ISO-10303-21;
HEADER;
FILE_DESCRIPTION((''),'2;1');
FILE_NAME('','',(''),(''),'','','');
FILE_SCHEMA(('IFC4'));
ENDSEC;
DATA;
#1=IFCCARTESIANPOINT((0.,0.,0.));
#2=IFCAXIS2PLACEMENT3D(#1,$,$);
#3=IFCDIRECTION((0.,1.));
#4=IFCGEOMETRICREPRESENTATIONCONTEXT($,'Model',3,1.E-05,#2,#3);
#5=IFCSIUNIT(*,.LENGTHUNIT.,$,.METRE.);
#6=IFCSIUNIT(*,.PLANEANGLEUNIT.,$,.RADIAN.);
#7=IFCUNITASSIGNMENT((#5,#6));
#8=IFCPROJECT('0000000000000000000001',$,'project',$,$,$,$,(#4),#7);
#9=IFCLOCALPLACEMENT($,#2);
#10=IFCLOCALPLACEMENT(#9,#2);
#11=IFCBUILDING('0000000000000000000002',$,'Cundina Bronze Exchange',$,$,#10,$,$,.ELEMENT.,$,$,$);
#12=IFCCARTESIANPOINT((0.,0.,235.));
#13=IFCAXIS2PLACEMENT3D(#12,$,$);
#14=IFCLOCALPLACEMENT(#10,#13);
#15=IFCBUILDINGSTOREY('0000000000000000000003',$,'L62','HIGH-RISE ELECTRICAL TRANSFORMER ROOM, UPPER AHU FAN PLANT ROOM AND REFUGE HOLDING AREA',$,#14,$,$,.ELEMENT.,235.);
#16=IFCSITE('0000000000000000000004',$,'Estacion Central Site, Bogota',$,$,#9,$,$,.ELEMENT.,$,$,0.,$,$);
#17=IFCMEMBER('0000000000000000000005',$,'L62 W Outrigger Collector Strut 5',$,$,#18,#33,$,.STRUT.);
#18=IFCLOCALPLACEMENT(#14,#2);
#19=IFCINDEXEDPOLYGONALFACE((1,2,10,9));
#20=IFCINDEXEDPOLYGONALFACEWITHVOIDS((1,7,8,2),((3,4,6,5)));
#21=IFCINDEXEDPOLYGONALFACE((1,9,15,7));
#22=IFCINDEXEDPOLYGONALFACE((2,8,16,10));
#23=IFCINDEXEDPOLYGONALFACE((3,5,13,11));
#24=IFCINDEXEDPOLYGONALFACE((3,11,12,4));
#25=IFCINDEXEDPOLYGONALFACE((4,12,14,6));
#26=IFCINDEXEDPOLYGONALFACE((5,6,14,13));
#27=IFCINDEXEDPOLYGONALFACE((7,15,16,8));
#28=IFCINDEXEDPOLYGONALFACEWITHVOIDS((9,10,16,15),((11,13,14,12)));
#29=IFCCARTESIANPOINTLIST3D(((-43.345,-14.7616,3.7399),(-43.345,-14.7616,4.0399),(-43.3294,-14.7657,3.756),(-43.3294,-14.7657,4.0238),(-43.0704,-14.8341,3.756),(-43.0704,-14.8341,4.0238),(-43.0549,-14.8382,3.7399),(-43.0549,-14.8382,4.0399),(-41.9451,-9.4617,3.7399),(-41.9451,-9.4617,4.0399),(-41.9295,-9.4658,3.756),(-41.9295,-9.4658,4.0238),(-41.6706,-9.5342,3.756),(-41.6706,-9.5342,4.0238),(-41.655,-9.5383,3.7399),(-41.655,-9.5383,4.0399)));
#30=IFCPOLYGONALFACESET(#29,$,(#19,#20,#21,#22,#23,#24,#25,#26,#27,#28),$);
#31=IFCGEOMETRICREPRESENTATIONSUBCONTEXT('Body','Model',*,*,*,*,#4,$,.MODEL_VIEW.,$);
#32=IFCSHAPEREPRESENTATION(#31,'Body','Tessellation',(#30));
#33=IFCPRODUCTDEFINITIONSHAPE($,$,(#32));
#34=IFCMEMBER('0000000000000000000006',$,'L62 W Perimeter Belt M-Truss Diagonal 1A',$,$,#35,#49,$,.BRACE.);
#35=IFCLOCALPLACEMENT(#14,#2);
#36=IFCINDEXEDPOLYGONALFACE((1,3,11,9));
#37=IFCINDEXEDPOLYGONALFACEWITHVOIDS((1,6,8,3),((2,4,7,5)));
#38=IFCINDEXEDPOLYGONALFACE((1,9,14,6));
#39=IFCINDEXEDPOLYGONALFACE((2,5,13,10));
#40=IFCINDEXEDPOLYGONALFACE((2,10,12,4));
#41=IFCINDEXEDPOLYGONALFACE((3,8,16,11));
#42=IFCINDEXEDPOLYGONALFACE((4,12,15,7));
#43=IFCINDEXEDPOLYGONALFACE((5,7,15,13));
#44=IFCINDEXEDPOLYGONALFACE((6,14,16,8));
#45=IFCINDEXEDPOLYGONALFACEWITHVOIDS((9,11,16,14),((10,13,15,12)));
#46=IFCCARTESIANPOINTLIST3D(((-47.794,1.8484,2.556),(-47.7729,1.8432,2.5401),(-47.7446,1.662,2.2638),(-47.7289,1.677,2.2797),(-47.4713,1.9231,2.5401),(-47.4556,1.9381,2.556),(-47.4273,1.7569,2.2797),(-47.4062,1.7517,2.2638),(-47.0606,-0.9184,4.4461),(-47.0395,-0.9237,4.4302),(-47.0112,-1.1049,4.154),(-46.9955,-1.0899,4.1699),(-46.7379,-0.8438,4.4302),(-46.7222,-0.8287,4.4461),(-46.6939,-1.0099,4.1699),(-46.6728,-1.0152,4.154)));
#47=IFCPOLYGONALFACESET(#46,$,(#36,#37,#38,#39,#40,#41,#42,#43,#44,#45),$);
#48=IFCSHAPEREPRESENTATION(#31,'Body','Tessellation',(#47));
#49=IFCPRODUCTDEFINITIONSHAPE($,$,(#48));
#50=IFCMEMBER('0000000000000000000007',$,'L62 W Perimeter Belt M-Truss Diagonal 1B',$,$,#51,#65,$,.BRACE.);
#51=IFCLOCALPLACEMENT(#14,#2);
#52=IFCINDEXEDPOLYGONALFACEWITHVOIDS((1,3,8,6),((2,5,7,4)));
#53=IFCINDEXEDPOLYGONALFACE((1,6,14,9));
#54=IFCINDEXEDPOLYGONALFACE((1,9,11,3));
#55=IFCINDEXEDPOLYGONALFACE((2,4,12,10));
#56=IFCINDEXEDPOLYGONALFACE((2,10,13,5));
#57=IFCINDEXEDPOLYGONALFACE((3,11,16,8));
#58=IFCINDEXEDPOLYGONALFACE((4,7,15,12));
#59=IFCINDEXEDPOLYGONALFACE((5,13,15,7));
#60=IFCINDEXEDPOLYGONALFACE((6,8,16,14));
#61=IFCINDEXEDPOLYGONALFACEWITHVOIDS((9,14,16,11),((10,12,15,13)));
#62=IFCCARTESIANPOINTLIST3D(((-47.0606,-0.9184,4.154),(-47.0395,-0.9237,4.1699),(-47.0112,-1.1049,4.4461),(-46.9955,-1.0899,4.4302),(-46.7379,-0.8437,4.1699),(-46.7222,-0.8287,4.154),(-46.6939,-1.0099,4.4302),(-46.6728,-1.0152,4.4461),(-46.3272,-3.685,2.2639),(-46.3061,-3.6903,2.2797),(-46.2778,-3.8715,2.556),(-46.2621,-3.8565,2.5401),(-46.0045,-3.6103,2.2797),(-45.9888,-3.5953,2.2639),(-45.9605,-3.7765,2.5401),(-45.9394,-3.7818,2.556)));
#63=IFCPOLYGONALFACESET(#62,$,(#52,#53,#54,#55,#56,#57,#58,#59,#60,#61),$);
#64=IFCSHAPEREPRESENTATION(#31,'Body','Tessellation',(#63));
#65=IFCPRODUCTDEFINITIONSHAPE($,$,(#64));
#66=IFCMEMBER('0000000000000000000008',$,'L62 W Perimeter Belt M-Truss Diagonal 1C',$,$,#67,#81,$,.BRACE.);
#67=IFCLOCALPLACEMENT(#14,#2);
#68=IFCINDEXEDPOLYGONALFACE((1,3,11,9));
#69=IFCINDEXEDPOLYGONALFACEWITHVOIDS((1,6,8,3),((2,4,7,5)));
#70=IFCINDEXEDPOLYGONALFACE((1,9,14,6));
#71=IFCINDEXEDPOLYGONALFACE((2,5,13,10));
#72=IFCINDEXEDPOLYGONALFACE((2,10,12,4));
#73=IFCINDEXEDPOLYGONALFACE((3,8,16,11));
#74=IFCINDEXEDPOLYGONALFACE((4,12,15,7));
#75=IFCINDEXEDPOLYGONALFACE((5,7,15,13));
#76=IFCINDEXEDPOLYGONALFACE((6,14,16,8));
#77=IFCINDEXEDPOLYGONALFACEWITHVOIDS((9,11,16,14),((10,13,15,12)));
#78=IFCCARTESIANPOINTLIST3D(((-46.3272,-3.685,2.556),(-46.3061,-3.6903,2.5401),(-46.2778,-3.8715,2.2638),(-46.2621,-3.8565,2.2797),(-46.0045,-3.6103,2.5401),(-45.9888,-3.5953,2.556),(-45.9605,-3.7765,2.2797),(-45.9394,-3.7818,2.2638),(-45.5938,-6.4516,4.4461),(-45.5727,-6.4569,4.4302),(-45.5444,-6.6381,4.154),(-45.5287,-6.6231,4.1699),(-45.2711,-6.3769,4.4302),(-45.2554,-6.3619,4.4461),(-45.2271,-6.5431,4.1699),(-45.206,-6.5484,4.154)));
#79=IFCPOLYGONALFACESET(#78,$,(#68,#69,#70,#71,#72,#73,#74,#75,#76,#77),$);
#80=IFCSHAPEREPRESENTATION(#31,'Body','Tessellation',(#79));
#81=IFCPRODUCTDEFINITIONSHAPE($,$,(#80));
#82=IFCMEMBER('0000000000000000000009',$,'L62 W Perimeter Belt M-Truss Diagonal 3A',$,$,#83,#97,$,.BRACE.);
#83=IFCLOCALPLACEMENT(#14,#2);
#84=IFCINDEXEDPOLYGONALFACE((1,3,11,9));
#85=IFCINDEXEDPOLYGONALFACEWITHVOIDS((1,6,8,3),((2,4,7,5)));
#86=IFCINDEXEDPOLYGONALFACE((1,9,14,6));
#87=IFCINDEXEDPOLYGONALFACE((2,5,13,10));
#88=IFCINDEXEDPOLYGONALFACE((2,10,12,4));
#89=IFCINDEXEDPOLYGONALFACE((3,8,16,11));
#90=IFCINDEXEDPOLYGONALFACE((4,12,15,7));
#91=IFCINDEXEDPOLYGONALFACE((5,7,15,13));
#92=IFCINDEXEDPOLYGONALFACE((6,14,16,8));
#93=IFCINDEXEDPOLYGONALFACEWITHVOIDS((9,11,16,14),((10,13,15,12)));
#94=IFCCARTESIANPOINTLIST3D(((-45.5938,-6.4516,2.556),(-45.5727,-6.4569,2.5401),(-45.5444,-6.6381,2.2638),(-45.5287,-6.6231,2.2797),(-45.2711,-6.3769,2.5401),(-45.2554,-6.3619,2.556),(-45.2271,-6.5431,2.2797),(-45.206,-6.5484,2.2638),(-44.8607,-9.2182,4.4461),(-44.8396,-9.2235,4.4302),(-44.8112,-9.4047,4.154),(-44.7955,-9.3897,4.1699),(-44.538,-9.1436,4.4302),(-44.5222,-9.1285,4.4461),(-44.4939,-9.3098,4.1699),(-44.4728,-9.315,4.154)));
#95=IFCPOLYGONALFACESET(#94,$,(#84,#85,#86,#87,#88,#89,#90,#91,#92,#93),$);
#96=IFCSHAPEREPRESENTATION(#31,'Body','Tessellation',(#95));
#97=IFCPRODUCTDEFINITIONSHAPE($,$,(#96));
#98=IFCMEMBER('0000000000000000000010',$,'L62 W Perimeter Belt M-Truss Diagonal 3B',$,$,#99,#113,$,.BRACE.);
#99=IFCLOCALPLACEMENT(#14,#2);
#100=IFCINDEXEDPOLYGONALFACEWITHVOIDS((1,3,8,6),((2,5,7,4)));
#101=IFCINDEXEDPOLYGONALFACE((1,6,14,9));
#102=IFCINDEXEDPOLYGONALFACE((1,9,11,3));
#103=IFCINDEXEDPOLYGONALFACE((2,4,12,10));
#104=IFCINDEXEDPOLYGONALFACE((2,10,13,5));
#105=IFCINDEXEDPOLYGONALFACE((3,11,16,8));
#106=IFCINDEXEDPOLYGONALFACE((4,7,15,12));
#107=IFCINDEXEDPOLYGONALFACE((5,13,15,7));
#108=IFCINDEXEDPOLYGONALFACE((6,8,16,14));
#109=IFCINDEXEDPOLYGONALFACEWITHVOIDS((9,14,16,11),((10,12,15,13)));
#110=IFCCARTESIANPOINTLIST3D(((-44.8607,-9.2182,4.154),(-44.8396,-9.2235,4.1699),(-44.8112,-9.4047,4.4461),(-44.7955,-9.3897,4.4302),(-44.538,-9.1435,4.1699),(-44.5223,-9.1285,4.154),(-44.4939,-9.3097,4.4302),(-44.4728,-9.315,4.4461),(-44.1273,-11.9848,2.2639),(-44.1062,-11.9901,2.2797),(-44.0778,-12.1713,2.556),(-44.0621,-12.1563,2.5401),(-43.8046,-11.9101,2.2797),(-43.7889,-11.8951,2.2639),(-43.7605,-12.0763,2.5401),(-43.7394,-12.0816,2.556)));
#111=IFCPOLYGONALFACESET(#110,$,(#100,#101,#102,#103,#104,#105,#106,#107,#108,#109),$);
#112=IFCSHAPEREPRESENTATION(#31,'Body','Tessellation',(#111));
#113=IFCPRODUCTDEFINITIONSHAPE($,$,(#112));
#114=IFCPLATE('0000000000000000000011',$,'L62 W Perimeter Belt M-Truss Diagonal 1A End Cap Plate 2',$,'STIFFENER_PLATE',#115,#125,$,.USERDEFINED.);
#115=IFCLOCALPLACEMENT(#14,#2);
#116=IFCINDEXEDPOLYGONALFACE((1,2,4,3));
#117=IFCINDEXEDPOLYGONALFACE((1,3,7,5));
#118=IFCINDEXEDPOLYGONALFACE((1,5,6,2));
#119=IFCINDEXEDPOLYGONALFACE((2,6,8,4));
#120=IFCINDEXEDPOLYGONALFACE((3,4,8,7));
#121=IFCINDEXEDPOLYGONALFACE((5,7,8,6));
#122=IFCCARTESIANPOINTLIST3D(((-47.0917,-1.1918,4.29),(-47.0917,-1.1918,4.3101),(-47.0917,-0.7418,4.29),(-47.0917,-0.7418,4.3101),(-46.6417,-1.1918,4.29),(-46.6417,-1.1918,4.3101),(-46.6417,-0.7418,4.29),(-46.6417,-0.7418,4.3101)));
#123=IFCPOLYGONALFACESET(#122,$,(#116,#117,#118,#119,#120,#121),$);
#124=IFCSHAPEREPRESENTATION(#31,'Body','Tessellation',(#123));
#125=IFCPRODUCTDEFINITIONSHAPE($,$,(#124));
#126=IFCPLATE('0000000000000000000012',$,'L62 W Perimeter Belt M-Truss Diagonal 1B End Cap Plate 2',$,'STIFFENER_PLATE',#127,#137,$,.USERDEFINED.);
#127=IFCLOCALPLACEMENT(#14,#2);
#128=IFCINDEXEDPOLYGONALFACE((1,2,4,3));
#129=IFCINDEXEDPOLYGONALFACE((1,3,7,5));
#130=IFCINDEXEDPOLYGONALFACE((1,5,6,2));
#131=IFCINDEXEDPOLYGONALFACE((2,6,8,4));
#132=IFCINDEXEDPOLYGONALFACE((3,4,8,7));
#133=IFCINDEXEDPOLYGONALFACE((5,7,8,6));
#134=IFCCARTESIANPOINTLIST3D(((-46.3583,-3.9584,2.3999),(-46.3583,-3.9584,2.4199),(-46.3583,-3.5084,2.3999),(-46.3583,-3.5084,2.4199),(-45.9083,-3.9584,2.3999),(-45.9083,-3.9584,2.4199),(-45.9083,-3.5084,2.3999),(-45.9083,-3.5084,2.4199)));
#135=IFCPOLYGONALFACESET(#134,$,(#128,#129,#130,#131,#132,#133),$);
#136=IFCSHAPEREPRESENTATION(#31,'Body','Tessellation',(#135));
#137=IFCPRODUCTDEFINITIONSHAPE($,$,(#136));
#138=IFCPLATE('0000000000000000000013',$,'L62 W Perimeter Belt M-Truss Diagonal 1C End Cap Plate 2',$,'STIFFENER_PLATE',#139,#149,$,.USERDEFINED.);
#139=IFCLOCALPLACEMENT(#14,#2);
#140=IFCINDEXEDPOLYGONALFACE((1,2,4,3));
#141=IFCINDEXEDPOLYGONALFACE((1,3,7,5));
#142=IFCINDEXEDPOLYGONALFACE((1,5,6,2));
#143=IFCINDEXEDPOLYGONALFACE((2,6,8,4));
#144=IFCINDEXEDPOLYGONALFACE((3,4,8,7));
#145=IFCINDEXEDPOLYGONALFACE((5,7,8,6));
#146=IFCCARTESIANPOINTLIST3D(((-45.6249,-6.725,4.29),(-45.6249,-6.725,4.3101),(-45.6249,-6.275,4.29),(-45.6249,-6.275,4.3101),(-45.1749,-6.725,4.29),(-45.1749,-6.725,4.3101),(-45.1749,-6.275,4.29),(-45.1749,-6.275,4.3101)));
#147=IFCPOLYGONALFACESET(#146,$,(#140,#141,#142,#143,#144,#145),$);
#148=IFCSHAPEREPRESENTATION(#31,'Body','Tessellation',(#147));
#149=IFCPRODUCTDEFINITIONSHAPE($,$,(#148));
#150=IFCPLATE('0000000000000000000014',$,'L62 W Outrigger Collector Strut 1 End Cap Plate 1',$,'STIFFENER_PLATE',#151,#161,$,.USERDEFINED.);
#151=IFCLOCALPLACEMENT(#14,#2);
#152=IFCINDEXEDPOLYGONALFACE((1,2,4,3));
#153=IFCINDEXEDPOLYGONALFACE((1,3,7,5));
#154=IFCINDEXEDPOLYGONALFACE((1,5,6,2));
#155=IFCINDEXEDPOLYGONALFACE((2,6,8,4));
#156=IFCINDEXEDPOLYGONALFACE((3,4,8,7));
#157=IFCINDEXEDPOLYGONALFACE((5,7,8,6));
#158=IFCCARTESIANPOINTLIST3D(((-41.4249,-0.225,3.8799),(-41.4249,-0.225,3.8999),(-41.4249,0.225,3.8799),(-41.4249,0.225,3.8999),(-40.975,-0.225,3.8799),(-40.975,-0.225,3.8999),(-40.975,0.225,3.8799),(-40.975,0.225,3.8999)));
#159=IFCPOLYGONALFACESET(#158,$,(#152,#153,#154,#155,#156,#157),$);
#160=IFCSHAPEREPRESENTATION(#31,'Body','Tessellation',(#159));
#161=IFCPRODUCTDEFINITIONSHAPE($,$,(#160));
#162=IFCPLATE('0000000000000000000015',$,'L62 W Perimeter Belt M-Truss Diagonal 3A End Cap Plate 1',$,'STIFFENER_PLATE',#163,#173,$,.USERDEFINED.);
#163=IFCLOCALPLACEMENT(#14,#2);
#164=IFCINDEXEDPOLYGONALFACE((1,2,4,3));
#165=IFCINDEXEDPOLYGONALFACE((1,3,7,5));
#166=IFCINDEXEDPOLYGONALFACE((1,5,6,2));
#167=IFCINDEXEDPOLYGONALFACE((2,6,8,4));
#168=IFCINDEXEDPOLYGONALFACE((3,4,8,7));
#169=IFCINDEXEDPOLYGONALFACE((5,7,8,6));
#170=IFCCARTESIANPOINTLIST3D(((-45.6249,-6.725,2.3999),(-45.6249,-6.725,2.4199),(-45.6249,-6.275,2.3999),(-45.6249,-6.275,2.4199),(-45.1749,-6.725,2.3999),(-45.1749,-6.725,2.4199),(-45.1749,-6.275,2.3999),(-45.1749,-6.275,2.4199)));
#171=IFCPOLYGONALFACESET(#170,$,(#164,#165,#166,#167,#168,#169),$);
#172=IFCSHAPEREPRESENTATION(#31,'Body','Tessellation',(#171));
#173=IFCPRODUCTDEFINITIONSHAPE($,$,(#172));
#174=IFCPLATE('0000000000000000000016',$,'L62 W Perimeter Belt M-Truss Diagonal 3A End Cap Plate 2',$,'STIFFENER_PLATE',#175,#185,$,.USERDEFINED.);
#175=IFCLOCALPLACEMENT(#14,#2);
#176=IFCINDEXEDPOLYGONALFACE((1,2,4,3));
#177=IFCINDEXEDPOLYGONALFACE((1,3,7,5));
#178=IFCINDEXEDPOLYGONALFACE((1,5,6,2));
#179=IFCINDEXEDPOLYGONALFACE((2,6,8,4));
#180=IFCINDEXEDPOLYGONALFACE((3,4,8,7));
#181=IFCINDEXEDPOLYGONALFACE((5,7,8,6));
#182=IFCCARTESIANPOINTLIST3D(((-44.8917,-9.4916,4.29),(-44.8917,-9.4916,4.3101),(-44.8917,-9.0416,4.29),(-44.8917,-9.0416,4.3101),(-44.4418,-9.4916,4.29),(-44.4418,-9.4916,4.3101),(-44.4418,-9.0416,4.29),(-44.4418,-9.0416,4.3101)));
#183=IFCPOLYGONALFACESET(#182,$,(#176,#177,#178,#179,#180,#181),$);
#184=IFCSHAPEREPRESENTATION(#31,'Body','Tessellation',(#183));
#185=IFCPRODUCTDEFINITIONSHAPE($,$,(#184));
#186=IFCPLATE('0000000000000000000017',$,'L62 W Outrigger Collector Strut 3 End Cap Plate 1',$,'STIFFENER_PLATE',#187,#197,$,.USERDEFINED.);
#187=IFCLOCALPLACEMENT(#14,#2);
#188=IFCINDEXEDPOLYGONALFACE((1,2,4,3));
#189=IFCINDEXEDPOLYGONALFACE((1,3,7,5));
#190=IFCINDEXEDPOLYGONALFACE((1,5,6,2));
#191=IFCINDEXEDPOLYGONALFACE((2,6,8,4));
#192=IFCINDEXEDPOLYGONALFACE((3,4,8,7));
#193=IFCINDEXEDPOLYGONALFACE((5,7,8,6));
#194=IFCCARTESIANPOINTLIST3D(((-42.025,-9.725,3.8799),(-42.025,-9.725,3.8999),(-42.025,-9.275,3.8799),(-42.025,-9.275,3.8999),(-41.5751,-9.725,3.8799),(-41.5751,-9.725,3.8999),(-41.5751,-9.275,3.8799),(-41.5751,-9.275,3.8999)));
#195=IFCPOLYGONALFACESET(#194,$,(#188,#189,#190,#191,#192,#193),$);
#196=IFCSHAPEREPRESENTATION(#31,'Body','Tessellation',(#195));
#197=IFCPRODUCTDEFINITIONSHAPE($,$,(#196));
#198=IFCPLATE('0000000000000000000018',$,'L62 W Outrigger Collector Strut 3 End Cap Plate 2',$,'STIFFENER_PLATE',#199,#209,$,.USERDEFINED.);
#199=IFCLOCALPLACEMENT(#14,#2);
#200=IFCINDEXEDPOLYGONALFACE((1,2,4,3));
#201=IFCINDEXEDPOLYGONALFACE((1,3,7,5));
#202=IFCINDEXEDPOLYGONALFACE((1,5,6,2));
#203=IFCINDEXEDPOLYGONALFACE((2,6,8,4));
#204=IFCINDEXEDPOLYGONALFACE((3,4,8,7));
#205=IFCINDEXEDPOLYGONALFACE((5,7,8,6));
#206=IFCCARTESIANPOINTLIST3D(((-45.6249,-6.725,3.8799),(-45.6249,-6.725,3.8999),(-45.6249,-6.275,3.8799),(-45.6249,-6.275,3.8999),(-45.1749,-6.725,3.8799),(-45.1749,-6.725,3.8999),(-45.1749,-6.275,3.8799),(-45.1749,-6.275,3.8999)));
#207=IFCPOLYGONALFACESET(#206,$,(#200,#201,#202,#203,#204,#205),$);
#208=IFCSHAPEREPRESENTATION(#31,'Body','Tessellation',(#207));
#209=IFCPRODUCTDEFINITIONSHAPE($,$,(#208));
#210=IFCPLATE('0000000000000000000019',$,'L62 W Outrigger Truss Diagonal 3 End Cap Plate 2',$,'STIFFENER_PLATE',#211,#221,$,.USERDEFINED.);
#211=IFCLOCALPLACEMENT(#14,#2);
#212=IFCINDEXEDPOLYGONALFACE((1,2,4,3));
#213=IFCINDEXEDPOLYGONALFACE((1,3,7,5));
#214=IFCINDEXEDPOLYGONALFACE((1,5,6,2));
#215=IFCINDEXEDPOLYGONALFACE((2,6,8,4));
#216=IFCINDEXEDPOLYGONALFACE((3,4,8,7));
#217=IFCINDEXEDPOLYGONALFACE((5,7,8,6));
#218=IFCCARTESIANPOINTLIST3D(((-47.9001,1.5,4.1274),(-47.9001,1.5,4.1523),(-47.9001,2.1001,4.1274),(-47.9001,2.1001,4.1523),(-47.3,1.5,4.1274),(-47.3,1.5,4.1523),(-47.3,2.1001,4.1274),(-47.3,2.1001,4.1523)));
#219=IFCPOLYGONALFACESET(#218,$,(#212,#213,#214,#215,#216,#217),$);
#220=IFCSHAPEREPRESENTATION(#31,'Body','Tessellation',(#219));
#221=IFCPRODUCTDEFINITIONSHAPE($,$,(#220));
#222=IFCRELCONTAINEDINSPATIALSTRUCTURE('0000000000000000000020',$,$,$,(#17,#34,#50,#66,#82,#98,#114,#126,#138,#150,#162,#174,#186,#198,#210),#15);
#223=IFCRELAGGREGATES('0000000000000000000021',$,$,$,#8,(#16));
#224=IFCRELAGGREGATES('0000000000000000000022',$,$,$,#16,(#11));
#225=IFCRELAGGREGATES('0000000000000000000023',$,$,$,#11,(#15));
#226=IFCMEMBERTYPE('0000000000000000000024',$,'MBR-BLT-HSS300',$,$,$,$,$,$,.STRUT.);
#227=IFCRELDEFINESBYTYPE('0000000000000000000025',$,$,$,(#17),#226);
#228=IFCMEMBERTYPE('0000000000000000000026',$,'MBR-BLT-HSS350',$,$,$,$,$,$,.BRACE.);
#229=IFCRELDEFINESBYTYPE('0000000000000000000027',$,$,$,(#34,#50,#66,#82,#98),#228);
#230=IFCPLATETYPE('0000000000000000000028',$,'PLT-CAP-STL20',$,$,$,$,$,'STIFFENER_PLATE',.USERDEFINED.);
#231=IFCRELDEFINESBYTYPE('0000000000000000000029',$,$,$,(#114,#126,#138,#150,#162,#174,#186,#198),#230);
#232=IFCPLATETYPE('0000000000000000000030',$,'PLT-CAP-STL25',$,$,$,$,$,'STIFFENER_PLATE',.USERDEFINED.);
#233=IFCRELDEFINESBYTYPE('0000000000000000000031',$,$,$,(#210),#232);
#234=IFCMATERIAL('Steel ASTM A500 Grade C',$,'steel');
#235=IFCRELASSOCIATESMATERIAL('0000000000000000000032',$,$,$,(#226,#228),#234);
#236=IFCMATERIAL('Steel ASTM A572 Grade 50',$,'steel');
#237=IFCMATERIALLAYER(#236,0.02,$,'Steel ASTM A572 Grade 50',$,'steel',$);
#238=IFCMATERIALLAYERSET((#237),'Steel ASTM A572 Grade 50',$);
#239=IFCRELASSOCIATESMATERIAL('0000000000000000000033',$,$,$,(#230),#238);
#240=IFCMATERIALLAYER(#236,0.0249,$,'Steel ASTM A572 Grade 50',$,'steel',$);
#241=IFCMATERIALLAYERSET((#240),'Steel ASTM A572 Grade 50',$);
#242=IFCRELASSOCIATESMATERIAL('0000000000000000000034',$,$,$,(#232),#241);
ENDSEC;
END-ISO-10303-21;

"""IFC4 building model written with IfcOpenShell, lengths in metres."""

from ifc_helpers import new_model, si_unit, direction, frame, origin, origin_2d, place, context, subcontext, project, spatial, rectangle, hollow_rectangle, extrude, material, layer, layer_set, material_profile, profile_set, type_object, element, save


model = new_model("IFC4")

# Units and contexts
model_context = context("Model", 3, precision=1e-05, world=origin(), true_north=direction((0.0, 1.0)))
body_context = subcontext(model_context, "Body", "Model", "MODEL_VIEW")
ifc_project = project(units=[si_unit("LENGTHUNIT", "METRE"), si_unit("PLANEANGLEUNIT", "RADIAN")], contexts=[model_context])

# Site, building, storey
site_placement = place(None, origin())
site = spatial("IfcSite", under=ifc_project, at=site_placement, Name="Estacion Central Site, Bogota", CompositionType="ELEMENT", RefElevation=0.0)
building_placement = place(site_placement, origin())
building = spatial("IfcBuilding", under=site, at=building_placement, Name="Cundina Bronze Exchange", CompositionType="ELEMENT")
storey_placement = place(building_placement, frame((0.0, 0.0, 235.0)))
storey = spatial("IfcBuildingStorey", under=building, at=storey_placement, Name="L62", Description="HIGH-RISE ELECTRICAL TRANSFORMER ROOM, UPPER AHU FAN PLANT ROOM AND REFUGE HOLDING AREA", CompositionType="ELEMENT", Elevation=235.0)

# Members
ifc_material_1 = material(Name="Steel ASTM A500 Grade C", Category="steel")
ifc_material_profile_1 = material_profile(ifc_material_1, hollow_rectangle(XDim=0.3, YDim=0.3, WallThickness=0.0161, at=origin_2d()), Name="HSS300X300X16", Category="steel")
ifc_profile_set_1 = profile_set([ifc_material_profile_1], Name="Steel ASTM A500 Grade C")
member_type_1 = type_object("IfcMemberType", Name="MBR-BLT-HSS300", PredefinedType="STRUT", material=ifc_profile_set_1)
member_1_placement = place(storey_placement, frame((-41.8, -9.5, 3.8899), z_axis=(-0.255372, -0.966843, 0.0), x_axis=(0.966843, -0.255372, 0.0)))
element("IfcMember", 1, at=member_1_placement, inside=storey, type_object=member_type_1, Name="L62 W Outrigger Collector Strut 5", PredefinedType="STRUT", context=body_context, shape_type="SweptSolid", body=[
    extrude(hollow_rectangle(XDim=0.3, YDim=0.3, WallThickness=0.0161, at=origin_2d()), origin(), (0.0, 0.0, 1.0), 5.4817),
])
ifc_material_profile_2 = material_profile(ifc_material_1, hollow_rectangle(XDim=0.3501, YDim=0.3501, WallThickness=0.019, at=origin_2d()), Name="HSS350X350X19", Category="steel")
ifc_profile_set_2 = profile_set([ifc_material_profile_2], Name="Steel ASTM A500 Grade C")
member_type_2 = type_object("IfcMemberType", Name="MBR-BLT-HSS350", PredefinedType="BRACE", material=ifc_profile_set_2)
member_2_placement = place(storey_placement, frame((-47.6001, 1.8, 2.4099), z_axis=(0.213809, -0.806625, 0.551036), x_axis=(0.966619, 0.256218, 0.0)))
element("IfcMember", 2, at=member_2_placement, inside=storey, type_object=member_type_2, Name="L62 W Perimeter Belt M-Truss Diagonal 1A", PredefinedType="BRACE", context=body_context, shape_type="SweptSolid", body=[
    extrude(hollow_rectangle(XDim=0.3501, YDim=0.3501, WallThickness=0.019, at=origin_2d()), origin(), (0.0, 0.0, 1.0), 3.4302),
])
for number, where, z_axis, x_axis, name in (
    (3, (-46.8667, -0.9668, 4.3), (0.213822, -0.806601, -0.551068), (0.966613, 0.25624, 0.0), "L62 W Perimeter Belt M-Truss Diagonal 1B"),
    (4, (-46.1333, -3.7334, 2.4099), (0.213822, -0.806601, 0.551068), (0.966613, 0.25624, 0.0), "L62 W Perimeter Belt M-Truss Diagonal 1C"),
    (5, (-45.3999, -6.5, 2.4099), (0.213754, -0.806613, 0.551076), (0.966634, 0.25616, 0.0), "L62 W Perimeter Belt M-Truss Diagonal 3A"),
    (6, (-44.6667, -9.2666, 4.3), (0.213822, -0.806601, -0.551068), (0.966613, 0.25624, 0.0), "L62 W Perimeter Belt M-Truss Diagonal 3B"),
):
    element("IfcMember", number, at=place(storey_placement, frame(where, z_axis=z_axis, x_axis=x_axis)), inside=storey, type_object=member_type_2, Name=name, PredefinedType="BRACE", context=body_context, shape_type="SweptSolid", body=[
        extrude(hollow_rectangle(XDim=0.3501, YDim=0.3501, WallThickness=0.019, at=origin_2d()), origin(), (0.0, 0.0, 1.0), 3.4299),
    ])

# Plates
ifc_material_2 = material(Name="Steel ASTM A572 Grade 50", Category="steel")
ifc_layer_1 = layer(ifc_material_2, 0.02, Name="Steel ASTM A572 Grade 50", Category="steel")
ifc_layer_set_1 = layer_set([ifc_layer_1], Name="Steel ASTM A572 Grade 50")
plate_type_1 = type_object("IfcPlateType", Name="PLT-CAP-STL20", ElementType="STIFFENER_PLATE", PredefinedType="USERDEFINED", material=ifc_layer_set_1)
for number, where, z_axis, x_axis, name in (
    (7, (-46.8667, -0.9668, 4.29), (0.0, 0.0, 1.0), (1.0, 0.0, 0.0), "L62 W Perimeter Belt M-Truss Diagonal 1A End Cap Plate 2"),
    (8, (-46.1333, -3.7334, 2.3999), (0.0, 0.0, 1.0), (1.0, 0.0, 0.0), "L62 W Perimeter Belt M-Truss Diagonal 1B End Cap Plate 2"),
    (9, (-45.3999, -6.5, 4.29), (0.0, 0.0, 1.0), (1.0, 0.0, 0.0), "L62 W Perimeter Belt M-Truss Diagonal 1C End Cap Plate 2"),
    (10, (-41.2, 0.0, 3.8799), (0.0, 0.0, 1.0), (1.0, 0.0, 0.0), "L62 W Outrigger Collector Strut 1 End Cap Plate 1"),
    (11, (-45.3999, -6.5, 2.3999), (0.0, 0.0, 1.0), (1.0, 0.0, 0.0), "L62 W Perimeter Belt M-Truss Diagonal 3A End Cap Plate 1"),
    (12, (-44.6667, -9.2666, 4.29), (0.0, 0.0, 1.0), (1.0, 0.0, 0.0), "L62 W Perimeter Belt M-Truss Diagonal 3A End Cap Plate 2"),
    (13, (-41.8, -9.5, 3.8799), (0.0, 0.0, 1.0), (1.0, 0.0, 0.0), "L62 W Outrigger Collector Strut 3 End Cap Plate 1"),
    (14, (-45.3999, -6.5, 3.8799), (0.0, 0.0, 1.0), (1.0, 0.0, 0.0), "L62 W Outrigger Collector Strut 3 End Cap Plate 2"),
):
    element("IfcPlate", number, at=place(storey_placement, frame(where, z_axis=z_axis, x_axis=x_axis)), inside=storey, type_object=plate_type_1, Name=name, ObjectType="STIFFENER_PLATE", PredefinedType="USERDEFINED", context=body_context, shape_type="SweptSolid", body=[
        extrude(rectangle(XDim=0.45, YDim=0.45, at=origin_2d()), origin(), (0.0, 0.0, 1.0), 0.02),
    ])
ifc_layer_2 = layer(ifc_material_2, 0.0249, Name="Steel ASTM A572 Grade 50", Category="steel")
ifc_layer_set_2 = layer_set([ifc_layer_2], Name="Steel ASTM A572 Grade 50")
plate_type_2 = type_object("IfcPlateType", Name="PLT-CAP-STL25", ElementType="STIFFENER_PLATE", PredefinedType="USERDEFINED", material=ifc_layer_set_2)
plate_placement = place(storey_placement, frame((-47.6001, 1.8, 4.1274), z_axis=(0.0, 0.0, 1.0), x_axis=(1.0, 0.0, 0.0)))
element("IfcPlate", 15, at=plate_placement, inside=storey, type_object=plate_type_2, Name="L62 W Outrigger Truss Diagonal 3 End Cap Plate 2", ObjectType="STIFFENER_PLATE", PredefinedType="USERDEFINED", context=body_context, shape_type="SweptSolid", body=[
    extrude(rectangle(XDim=0.6001, YDim=0.6001, at=origin_2d()), origin(), (0.0, 0.0, 1.0), 0.0249),
])

save(model, "model.ifc")
